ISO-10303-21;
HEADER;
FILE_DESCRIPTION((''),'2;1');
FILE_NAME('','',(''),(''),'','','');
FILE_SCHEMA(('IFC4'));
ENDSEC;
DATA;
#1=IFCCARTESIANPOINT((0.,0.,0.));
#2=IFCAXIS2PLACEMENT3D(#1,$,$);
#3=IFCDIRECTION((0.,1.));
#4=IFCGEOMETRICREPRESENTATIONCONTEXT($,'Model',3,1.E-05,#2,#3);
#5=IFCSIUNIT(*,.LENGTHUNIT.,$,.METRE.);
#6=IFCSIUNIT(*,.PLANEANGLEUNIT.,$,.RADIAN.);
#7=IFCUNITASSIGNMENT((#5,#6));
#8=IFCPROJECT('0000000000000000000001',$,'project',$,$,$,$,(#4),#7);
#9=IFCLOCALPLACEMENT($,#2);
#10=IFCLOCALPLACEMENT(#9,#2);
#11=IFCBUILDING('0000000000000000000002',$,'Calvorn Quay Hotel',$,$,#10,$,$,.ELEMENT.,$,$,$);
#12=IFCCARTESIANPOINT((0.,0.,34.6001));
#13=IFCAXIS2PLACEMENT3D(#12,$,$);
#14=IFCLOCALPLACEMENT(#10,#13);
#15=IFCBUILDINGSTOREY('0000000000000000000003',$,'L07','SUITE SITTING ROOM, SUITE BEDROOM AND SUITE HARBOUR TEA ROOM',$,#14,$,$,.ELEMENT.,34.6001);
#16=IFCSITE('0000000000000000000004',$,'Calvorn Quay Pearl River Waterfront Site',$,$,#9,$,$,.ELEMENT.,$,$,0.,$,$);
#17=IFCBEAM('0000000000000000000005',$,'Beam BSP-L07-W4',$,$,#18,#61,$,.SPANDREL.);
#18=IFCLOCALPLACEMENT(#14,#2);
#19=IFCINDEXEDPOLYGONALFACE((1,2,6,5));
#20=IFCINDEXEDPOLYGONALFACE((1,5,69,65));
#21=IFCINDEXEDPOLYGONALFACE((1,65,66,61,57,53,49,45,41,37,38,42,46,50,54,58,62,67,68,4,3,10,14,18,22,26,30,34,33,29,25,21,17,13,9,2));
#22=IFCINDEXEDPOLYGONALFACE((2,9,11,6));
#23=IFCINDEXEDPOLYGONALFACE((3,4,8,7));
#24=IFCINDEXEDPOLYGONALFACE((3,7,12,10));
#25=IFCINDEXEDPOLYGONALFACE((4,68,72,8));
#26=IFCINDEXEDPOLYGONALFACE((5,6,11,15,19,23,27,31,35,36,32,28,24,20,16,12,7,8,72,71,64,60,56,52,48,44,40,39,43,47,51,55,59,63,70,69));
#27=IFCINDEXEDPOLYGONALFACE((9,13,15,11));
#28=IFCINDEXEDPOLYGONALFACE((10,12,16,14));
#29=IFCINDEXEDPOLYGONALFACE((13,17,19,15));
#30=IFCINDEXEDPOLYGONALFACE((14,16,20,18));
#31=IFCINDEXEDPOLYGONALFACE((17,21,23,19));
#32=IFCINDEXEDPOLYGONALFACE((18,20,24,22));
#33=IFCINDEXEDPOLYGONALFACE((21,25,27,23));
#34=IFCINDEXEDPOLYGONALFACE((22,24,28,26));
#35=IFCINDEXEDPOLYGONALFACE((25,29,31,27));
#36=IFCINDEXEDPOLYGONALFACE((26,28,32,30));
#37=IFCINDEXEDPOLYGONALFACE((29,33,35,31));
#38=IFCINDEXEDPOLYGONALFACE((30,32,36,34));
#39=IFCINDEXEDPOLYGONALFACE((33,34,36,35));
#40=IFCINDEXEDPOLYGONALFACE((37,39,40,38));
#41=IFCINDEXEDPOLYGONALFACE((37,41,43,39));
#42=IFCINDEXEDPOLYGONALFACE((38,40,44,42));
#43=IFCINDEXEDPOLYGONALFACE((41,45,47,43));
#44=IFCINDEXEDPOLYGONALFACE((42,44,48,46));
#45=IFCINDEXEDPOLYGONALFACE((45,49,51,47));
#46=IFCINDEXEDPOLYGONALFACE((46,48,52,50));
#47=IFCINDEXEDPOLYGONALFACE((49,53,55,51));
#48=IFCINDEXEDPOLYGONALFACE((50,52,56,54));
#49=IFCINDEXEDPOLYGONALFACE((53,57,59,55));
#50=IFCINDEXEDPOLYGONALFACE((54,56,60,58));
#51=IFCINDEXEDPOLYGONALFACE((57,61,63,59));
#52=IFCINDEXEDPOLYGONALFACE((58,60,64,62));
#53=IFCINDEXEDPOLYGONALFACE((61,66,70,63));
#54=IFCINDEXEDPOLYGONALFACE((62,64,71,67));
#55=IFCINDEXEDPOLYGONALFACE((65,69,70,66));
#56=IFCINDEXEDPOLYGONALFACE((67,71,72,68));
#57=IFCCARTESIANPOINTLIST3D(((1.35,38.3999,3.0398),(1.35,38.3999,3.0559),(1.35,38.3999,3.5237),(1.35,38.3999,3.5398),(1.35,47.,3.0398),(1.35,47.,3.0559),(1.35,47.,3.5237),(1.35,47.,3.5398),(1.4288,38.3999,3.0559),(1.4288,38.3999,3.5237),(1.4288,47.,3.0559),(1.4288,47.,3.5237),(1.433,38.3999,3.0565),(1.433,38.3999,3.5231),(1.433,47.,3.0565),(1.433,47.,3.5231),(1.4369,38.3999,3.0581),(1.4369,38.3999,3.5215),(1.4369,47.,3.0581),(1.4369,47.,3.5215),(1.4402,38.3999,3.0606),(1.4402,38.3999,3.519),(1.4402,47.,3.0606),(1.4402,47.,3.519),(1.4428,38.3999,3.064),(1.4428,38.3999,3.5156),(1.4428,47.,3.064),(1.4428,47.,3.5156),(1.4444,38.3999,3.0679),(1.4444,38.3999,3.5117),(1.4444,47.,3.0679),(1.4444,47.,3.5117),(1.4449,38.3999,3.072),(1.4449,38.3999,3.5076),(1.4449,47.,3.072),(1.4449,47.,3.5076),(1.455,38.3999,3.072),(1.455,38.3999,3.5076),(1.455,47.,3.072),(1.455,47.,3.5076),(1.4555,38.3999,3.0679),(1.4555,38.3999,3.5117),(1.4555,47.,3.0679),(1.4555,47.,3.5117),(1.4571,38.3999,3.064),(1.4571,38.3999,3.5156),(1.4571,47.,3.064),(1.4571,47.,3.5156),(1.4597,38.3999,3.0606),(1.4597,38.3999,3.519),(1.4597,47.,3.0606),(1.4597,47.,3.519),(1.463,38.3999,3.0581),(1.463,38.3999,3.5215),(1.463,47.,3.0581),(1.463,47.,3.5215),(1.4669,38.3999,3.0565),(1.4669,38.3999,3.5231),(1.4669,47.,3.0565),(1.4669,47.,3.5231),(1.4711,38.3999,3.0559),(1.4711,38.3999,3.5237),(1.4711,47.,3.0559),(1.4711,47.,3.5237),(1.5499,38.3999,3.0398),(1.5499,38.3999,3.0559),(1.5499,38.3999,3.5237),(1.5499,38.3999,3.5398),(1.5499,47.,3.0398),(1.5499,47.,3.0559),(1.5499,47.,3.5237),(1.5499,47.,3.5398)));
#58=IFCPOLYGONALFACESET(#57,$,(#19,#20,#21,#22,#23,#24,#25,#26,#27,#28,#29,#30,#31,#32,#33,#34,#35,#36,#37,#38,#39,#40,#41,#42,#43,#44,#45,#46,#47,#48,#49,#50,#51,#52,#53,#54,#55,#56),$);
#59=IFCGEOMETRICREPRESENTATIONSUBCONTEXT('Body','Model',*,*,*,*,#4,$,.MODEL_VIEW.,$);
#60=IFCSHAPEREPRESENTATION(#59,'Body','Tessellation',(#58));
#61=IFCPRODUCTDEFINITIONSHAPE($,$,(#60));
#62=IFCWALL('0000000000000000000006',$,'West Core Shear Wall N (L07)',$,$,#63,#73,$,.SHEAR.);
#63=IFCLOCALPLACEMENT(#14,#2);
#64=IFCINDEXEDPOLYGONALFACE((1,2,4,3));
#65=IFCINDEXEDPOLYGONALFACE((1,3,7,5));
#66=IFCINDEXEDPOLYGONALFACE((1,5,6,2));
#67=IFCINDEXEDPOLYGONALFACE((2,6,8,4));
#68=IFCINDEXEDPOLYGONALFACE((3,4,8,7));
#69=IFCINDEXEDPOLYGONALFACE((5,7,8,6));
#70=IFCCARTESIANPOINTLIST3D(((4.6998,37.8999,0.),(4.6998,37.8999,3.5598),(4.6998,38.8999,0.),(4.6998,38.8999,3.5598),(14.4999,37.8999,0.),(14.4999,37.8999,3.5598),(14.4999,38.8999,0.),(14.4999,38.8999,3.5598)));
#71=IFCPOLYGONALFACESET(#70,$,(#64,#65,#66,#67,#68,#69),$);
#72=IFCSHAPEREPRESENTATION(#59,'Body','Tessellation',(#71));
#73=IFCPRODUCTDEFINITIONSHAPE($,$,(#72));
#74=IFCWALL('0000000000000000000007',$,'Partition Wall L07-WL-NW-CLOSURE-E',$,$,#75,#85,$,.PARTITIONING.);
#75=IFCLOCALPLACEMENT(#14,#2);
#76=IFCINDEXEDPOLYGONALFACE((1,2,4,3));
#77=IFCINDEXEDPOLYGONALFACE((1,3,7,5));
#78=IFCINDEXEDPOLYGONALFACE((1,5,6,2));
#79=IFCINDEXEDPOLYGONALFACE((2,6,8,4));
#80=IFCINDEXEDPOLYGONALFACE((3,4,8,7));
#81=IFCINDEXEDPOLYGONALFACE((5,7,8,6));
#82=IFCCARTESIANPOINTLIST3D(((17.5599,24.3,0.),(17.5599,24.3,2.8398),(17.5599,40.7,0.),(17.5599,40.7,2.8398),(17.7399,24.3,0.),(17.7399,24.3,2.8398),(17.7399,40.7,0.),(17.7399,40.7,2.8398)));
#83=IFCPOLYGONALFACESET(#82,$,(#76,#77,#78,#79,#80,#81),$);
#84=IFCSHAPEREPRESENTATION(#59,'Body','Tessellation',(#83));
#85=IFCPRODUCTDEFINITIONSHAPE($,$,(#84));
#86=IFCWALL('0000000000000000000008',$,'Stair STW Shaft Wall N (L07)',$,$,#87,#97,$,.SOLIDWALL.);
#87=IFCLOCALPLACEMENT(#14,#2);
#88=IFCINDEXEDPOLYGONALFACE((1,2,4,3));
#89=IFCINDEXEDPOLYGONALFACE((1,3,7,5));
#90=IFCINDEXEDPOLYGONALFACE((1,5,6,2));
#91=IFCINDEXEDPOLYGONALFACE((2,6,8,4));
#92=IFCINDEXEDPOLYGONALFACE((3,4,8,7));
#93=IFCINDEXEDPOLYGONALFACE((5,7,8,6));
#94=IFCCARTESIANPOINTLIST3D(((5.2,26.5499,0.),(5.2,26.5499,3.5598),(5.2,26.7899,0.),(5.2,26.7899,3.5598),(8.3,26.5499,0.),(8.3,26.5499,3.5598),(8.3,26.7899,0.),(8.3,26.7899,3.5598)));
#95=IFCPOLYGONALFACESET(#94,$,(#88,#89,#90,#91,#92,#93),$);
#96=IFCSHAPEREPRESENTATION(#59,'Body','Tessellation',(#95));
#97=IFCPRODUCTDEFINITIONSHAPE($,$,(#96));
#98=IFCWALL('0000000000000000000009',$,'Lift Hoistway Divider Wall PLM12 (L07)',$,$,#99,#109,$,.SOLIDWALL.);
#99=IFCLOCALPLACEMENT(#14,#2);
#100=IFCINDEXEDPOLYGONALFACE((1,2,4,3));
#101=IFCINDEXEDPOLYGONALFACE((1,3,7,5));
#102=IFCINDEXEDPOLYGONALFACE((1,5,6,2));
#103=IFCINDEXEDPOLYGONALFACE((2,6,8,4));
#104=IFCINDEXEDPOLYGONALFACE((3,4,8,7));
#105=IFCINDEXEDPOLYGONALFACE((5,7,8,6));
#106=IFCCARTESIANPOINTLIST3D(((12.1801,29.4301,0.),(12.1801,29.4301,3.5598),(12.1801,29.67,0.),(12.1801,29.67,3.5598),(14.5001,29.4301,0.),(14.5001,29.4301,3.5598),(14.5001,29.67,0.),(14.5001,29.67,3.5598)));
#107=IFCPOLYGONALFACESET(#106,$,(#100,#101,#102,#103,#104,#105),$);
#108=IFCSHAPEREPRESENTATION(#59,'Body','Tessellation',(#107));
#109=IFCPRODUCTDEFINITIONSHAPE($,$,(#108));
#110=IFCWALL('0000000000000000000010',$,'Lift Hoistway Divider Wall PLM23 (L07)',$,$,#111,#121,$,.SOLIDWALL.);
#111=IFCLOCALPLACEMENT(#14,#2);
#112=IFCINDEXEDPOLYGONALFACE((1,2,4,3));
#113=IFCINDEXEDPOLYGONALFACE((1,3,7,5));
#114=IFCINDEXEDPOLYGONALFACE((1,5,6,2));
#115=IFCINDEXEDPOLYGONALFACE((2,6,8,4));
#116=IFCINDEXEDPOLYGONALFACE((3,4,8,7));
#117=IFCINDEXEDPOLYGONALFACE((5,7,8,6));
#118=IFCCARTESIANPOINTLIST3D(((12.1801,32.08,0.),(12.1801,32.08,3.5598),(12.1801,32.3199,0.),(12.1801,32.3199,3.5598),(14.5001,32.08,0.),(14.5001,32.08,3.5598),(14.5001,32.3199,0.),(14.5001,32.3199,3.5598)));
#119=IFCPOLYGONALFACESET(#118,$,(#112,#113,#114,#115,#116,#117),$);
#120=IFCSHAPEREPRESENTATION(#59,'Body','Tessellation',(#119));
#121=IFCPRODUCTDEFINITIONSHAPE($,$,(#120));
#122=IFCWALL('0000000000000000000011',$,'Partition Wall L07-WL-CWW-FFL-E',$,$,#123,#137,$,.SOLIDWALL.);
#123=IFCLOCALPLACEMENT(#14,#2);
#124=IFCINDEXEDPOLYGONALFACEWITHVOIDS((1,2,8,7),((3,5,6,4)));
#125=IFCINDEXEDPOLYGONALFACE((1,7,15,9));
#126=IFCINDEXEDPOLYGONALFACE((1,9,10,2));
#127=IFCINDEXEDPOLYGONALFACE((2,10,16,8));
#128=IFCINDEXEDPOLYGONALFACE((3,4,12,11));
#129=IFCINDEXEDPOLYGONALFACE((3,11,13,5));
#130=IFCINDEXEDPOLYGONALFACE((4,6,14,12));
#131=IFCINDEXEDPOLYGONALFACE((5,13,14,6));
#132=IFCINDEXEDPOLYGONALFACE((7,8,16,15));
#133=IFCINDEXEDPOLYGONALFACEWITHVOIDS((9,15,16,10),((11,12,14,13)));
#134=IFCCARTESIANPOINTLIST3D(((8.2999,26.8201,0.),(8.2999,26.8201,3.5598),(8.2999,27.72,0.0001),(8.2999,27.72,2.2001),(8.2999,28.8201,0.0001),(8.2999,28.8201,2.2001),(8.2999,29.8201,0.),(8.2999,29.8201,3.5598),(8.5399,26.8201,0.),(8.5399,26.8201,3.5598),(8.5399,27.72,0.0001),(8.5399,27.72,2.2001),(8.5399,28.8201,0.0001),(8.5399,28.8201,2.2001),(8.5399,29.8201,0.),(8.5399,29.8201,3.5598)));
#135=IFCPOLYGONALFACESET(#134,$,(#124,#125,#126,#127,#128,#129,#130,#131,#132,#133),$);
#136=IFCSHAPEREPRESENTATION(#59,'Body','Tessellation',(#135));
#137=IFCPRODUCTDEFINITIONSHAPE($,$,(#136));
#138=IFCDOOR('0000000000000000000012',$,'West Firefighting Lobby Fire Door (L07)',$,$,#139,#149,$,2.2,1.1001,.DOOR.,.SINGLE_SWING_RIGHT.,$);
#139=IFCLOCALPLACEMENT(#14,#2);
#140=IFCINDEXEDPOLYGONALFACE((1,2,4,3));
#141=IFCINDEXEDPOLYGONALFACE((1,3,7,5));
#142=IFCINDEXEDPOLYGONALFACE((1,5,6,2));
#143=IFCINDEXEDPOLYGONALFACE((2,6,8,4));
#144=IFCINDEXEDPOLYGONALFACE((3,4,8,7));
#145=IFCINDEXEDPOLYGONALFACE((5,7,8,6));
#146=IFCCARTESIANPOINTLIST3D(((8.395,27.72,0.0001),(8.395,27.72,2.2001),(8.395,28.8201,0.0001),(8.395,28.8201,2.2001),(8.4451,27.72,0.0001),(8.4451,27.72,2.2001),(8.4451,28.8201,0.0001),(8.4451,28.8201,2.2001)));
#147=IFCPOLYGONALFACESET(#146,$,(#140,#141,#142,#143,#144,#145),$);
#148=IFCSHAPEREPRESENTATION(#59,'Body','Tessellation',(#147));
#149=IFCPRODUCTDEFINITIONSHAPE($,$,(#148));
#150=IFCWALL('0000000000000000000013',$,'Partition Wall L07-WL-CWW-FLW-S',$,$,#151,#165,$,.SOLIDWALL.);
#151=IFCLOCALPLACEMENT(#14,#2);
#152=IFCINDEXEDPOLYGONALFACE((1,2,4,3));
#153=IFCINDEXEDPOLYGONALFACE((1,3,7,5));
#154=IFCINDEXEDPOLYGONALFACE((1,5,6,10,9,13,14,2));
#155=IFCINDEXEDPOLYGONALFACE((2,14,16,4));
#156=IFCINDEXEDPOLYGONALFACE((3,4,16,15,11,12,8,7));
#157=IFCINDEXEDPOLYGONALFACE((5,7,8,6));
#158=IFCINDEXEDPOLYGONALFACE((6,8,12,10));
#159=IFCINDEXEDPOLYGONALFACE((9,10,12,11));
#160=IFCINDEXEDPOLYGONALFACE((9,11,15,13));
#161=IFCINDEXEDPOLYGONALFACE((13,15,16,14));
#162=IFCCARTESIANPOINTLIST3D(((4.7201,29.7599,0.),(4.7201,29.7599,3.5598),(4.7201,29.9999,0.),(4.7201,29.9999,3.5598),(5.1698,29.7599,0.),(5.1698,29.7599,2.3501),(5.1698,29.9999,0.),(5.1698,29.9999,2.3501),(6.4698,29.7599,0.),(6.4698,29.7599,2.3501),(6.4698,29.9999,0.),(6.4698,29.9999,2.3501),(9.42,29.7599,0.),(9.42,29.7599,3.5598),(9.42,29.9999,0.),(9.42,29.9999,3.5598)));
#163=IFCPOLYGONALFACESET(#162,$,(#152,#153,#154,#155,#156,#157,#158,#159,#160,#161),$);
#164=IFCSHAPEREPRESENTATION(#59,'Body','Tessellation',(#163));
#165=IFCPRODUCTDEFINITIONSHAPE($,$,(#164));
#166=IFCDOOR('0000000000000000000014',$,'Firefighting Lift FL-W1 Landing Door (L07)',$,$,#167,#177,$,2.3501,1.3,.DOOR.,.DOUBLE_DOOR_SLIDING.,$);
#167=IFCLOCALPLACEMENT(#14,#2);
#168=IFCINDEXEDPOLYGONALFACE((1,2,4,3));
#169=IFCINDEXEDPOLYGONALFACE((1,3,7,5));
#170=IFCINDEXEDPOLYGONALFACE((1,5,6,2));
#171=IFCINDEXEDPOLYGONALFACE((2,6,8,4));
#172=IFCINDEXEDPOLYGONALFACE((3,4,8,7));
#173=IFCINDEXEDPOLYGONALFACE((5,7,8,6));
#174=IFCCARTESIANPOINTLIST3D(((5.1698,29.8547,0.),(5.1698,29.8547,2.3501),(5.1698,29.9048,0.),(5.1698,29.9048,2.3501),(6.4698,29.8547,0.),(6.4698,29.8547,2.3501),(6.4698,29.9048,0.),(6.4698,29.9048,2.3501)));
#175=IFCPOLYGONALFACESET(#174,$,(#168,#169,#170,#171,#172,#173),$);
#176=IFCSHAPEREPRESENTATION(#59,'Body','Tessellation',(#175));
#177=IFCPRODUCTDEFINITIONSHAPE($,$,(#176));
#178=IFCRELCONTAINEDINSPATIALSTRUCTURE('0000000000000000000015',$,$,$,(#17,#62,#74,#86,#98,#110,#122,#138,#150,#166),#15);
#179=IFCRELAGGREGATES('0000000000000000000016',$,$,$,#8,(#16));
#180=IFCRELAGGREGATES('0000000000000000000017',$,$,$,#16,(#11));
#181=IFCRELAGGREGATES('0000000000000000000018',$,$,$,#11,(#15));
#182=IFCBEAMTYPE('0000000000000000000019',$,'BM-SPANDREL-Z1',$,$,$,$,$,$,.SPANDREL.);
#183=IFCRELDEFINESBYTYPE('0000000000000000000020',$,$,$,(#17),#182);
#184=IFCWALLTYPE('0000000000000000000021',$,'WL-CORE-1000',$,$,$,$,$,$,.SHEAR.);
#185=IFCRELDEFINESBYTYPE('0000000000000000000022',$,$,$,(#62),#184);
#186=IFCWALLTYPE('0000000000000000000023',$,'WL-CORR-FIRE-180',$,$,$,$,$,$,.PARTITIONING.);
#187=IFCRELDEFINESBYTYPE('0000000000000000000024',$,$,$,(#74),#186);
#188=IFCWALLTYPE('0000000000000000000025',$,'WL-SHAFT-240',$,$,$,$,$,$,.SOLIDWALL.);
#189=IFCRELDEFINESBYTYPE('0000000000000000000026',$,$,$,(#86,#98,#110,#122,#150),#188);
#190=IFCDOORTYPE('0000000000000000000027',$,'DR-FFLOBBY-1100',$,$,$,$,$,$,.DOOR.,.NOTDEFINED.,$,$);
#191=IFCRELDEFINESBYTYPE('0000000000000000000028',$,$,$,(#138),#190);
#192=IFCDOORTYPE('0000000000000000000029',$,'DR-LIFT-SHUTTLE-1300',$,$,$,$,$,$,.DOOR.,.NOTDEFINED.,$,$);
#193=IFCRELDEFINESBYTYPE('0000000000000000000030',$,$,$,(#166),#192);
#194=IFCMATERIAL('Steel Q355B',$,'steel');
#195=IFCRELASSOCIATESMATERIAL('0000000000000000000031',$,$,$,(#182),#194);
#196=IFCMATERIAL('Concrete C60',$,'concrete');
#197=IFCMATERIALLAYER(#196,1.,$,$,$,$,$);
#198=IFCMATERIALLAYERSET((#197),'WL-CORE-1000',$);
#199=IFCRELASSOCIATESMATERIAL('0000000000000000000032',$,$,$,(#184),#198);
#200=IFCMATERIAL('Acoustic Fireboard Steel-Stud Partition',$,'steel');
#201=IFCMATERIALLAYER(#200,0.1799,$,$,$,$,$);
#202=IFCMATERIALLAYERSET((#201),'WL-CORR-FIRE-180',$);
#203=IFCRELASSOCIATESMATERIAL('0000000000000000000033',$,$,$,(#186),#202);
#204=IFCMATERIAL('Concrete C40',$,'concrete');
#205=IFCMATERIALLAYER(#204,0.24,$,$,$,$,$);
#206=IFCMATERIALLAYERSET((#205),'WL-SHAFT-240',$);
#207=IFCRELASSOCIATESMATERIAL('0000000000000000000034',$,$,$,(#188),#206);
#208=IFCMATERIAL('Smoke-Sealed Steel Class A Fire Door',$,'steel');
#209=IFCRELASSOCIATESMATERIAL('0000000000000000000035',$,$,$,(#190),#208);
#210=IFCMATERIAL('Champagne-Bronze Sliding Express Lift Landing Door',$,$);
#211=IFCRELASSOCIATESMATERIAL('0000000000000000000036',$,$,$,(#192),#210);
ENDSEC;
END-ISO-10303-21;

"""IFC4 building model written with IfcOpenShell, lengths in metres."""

from ifc_helpers import new_model, si_unit, direction, frame, frame_2d, origin, origin_2d, place, context, subcontext, project, spatial, rectangle, i_section, extrude, material, layer, layer_set, material_profile, profile_set, type_object, element, fill, save


model = new_model("IFC4")

# Units and contexts
model_context = context("Model", 3, precision=1e-05, world=origin(), true_north=direction((0.0, 1.0)))
body_context = subcontext(model_context, "Body", "Model", "MODEL_VIEW")
ifc_project = project(units=[si_unit("LENGTHUNIT", "METRE"), si_unit("PLANEANGLEUNIT", "RADIAN")], contexts=[model_context])

# Site, building, storey
site_placement = place(None, origin())
site = spatial("IfcSite", under=ifc_project, at=site_placement, Name="Calvorn Quay Pearl River Waterfront Site", CompositionType="ELEMENT", RefElevation=0.0)
building_placement = place(site_placement, origin())
building = spatial("IfcBuilding", under=site, at=building_placement, Name="Calvorn Quay Hotel", CompositionType="ELEMENT")
storey_placement = place(building_placement, frame((0.0, 0.0, 34.6001)))
storey = spatial("IfcBuildingStorey", under=building, at=storey_placement, Name="L07", Description="SUITE SITTING ROOM, SUITE BEDROOM AND SUITE HARBOUR TEA ROOM", CompositionType="ELEMENT", Elevation=34.6001)

# Beam
ifc_material_1 = material(Name="Steel Q355B", Category="steel")
ifc_material_profile_1 = material_profile(ifc_material_1, i_section(OverallWidth=0.2, OverallDepth=0.5, WebThickness=0.01, FlangeThickness=0.0161, FilletRadius=0.0161, at=origin_2d()), Name="HN500x200x10x16")
ifc_profile_set_1 = profile_set([ifc_material_profile_1], Name="Steel Q355B")
beam_type_1 = type_object("IfcBeamType", Name="BM-SPANDREL-Z1", PredefinedType="SPANDREL", material=ifc_profile_set_1)
beam_1_placement = place(storey_placement, frame((1.45, 38.3999, 3.2898), z_axis=(0.0, 1.0, 0.0), x_axis=(-1.0, 0.0, 0.0)))
element("IfcBeam", 1, at=beam_1_placement, inside=storey, type_object=beam_type_1, Name="Beam BSP-L07-W4", PredefinedType="SPANDREL", context=body_context, shape_type="SweptSolid", body=[
    extrude(i_section(OverallWidth=0.2, OverallDepth=0.5, WebThickness=0.01, FlangeThickness=0.0161, FilletRadius=0.0161, at=origin_2d()), origin(), (0.0, 0.0, 1.0), 8.6001),
])

# Walls
ifc_material_2 = material(Name="Concrete C60", Category="concrete")
ifc_layer_1 = layer(ifc_material_2, 1.0)
ifc_layer_set_1 = layer_set([ifc_layer_1], Name="WL-CORE-1000")
wall_type_1 = type_object("IfcWallType", Name="WL-CORE-1000", PredefinedType="SHEAR", material=ifc_layer_set_1)
wall_1_placement = place(storey_placement, frame((4.7, 38.3999, 0.0), z_axis=(0.0, 0.0, 1.0), x_axis=(1.0, 0.0, 0.0)))
element("IfcWall", 2, at=wall_1_placement, inside=storey, type_object=wall_type_1, Name="West Core Shear Wall N (L07)", PredefinedType="SHEAR", context=body_context, shape_type="SweptSolid", body=[
    extrude(rectangle(XDim=9.8, YDim=1.0, at=frame_2d((4.8999, 0.0))), origin(), (0.0, 0.0, 1.0), 3.5598),
])
ifc_material_3 = material(Name="Acoustic Fireboard Steel-Stud Partition", Category="steel")
ifc_layer_2 = layer(ifc_material_3, 0.1799)
ifc_layer_set_2 = layer_set([ifc_layer_2], Name="WL-CORR-FIRE-180")
wall_type_2 = type_object("IfcWallType", Name="WL-CORR-FIRE-180", PredefinedType="PARTITIONING", material=ifc_layer_set_2)
wall_2_placement = place(storey_placement, frame((17.6499, 24.3, 0.0), z_axis=(0.0, 0.0, 1.0), x_axis=(0.0, 1.0, 0.0)))
element("IfcWall", 3, at=wall_2_placement, inside=storey, type_object=wall_type_2, Name="Partition Wall L07-WL-NW-CLOSURE-E", PredefinedType="PARTITIONING", context=body_context, shape_type="SweptSolid", body=[
    extrude(rectangle(XDim=16.3999, YDim=0.1799, at=frame_2d((8.2, 0.0))), origin(), (0.0, 0.0, 1.0), 2.8398),
])

# Walls
ifc_material_4 = material(Name="Concrete C40", Category="concrete")
ifc_layer_3 = layer(ifc_material_4, 0.24)
ifc_layer_set_3 = layer_set([ifc_layer_3], Name="WL-SHAFT-240")
wall_type_3 = type_object("IfcWallType", Name="WL-SHAFT-240", PredefinedType="SOLIDWALL", material=ifc_layer_set_3)
wall_3_placement = place(storey_placement, frame((5.2, 26.6699, 0.0), z_axis=(0.0, 0.0, 1.0), x_axis=(1.0, 0.0, 0.0)))
element("IfcWall", 4, at=wall_3_placement, inside=storey, type_object=wall_type_3, Name="Stair STW Shaft Wall N (L07)", PredefinedType="SOLIDWALL", context=body_context, shape_type="SweptSolid", body=[
    extrude(rectangle(XDim=3.1001, YDim=0.24, at=frame_2d((1.55, 0.0))), origin(), (0.0, 0.0, 1.0), 3.5598),
])
for number, where, z_axis, x_axis, name in (
    (5, (12.1799, 29.55, 0.0), (0.0, 0.0, 1.0), (1.0, 0.0, 0.0), "Lift Hoistway Divider Wall PLM12 (L07)"),
    (6, (12.1799, 32.2, 0.0), (0.0, 0.0, 1.0), (1.0, 0.0, 0.0), "Lift Hoistway Divider Wall PLM23 (L07)"),
):
    element("IfcWall", number, at=place(storey_placement, frame(where, z_axis=z_axis, x_axis=x_axis)), inside=storey, type_object=wall_type_3, Name=name, PredefinedType="SOLIDWALL", context=body_context, shape_type="SweptSolid", body=[
        extrude(rectangle(XDim=2.3201, YDim=0.24, at=frame_2d((1.1602, 0.0))), origin(), (0.0, 0.0, 1.0), 3.5598),
    ])

# Walls, openings, doors
wall_4_placement = place(storey_placement, frame((8.4199, 26.8201, 0.0), z_axis=(0.0, 0.0, 1.0), x_axis=(0.0, 1.0, 0.0)))
wall_4 = element("IfcWall", 7, at=wall_4_placement, inside=storey, type_object=wall_type_3, Name="Partition Wall L07-WL-CWW-FFL-E", PredefinedType="SOLIDWALL", context=body_context, shape_type="SweptSolid", body=[
    extrude(rectangle(XDim=3.0, YDim=0.24, at=frame_2d((1.5, 0.0))), origin(), (0.0, 0.0, 1.0), 3.5598),
])
opening_1_placement = place(wall_4_placement, frame((0.8999, 0.0, 0.0)))
opening_1 = element("IfcOpeningElement", 8, at=opening_1_placement, cuts=wall_4, PredefinedType="OPENING", context=body_context, shape_type="SweptSolid", body=[
    extrude(rectangle(XDim=1.1001, YDim=2.2, at=frame_2d((0.55, 1.1001))), frame((0.0, 0.1299, 0.0), z_axis=(0.0, -1.0, 0.0), x_axis=(1.0, 0.0, 0.0)), (0.0, 0.0, 1.0), 0.26),
])
ifc_material_5 = material(Name="Smoke-Sealed Steel Class A Fire Door", Category="steel")
door_type_1 = type_object("IfcDoorType", Name="DR-FFLOBBY-1100", OperationType="NOTDEFINED", PredefinedType="DOOR", material=ifc_material_5)
door_1_placement = place(opening_1_placement, origin())
door_1 = element("IfcDoor", 9, at=door_1_placement, inside=storey, type_object=door_type_1, Name="West Firefighting Lobby Fire Door (L07)", OperationType="SINGLE_SWING_RIGHT", OverallHeight=2.2, OverallWidth=1.1001, PredefinedType="DOOR", context=body_context, shape_type="SweptSolid", body=[
    extrude(rectangle(XDim=1.1001, YDim=2.2, at=frame_2d((0.55, 1.1001))), frame((0.0, 0.0249, 0.0), z_axis=(0.0, -1.0, 0.0), x_axis=(1.0, 0.0, 0.0)), (0.0, 0.0, 1.0), 0.05),
])
fill(opening_1, door_1)
wall_5_placement = place(storey_placement, frame((4.72, 29.8799, 0.0), z_axis=(0.0, 0.0, 1.0), x_axis=(1.0, 0.0, 0.0)))
wall_5 = element("IfcWall", 10, at=wall_5_placement, inside=storey, type_object=wall_type_3, Name="Partition Wall L07-WL-CWW-FLW-S", PredefinedType="SOLIDWALL", context=body_context, shape_type="SweptSolid", body=[
    extrude(rectangle(XDim=4.7, YDim=0.24, at=frame_2d((2.3501, 0.0))), origin(), (0.0, 0.0, 1.0), 3.5598),
])
opening_2_placement = place(wall_5_placement, frame((0.45, 0.0, 0.0)))
opening_2 = element("IfcOpeningElement", 11, at=opening_2_placement, cuts=wall_5, PredefinedType="OPENING", context=body_context, shape_type="SweptSolid", body=[
    extrude(rectangle(XDim=1.3, YDim=2.3501, at=frame_2d((0.6499, 1.175))), frame((0.0, 0.1299, 0.0), z_axis=(0.0, -1.0, 0.0), x_axis=(1.0, 0.0, 0.0)), (0.0, 0.0, 1.0), 0.26),
])
ifc_material_6 = material(Name="Champagne-Bronze Sliding Express Lift Landing Door")
door_type_2 = type_object("IfcDoorType", Name="DR-LIFT-SHUTTLE-1300", OperationType="NOTDEFINED", PredefinedType="DOOR", material=ifc_material_6)
door_2_placement = place(opening_2_placement, origin())
door_2 = element("IfcDoor", 12, at=door_2_placement, inside=storey, type_object=door_type_2, Name="Firefighting Lift FL-W1 Landing Door (L07)", OperationType="DOUBLE_DOOR_SLIDING", OverallHeight=2.3501, OverallWidth=1.3, PredefinedType="DOOR", context=body_context, shape_type="SweptSolid", body=[
    extrude(rectangle(XDim=1.3, YDim=2.3501, at=frame_2d((0.6499, 1.175))), frame((0.0, 0.0249, 0.0), z_axis=(0.0, -1.0, 0.0), x_axis=(1.0, 0.0, 0.0)), (0.0, 0.0, 1.0), 0.05),
])
fill(opening_2, door_2)

save(model, "model.ifc")
